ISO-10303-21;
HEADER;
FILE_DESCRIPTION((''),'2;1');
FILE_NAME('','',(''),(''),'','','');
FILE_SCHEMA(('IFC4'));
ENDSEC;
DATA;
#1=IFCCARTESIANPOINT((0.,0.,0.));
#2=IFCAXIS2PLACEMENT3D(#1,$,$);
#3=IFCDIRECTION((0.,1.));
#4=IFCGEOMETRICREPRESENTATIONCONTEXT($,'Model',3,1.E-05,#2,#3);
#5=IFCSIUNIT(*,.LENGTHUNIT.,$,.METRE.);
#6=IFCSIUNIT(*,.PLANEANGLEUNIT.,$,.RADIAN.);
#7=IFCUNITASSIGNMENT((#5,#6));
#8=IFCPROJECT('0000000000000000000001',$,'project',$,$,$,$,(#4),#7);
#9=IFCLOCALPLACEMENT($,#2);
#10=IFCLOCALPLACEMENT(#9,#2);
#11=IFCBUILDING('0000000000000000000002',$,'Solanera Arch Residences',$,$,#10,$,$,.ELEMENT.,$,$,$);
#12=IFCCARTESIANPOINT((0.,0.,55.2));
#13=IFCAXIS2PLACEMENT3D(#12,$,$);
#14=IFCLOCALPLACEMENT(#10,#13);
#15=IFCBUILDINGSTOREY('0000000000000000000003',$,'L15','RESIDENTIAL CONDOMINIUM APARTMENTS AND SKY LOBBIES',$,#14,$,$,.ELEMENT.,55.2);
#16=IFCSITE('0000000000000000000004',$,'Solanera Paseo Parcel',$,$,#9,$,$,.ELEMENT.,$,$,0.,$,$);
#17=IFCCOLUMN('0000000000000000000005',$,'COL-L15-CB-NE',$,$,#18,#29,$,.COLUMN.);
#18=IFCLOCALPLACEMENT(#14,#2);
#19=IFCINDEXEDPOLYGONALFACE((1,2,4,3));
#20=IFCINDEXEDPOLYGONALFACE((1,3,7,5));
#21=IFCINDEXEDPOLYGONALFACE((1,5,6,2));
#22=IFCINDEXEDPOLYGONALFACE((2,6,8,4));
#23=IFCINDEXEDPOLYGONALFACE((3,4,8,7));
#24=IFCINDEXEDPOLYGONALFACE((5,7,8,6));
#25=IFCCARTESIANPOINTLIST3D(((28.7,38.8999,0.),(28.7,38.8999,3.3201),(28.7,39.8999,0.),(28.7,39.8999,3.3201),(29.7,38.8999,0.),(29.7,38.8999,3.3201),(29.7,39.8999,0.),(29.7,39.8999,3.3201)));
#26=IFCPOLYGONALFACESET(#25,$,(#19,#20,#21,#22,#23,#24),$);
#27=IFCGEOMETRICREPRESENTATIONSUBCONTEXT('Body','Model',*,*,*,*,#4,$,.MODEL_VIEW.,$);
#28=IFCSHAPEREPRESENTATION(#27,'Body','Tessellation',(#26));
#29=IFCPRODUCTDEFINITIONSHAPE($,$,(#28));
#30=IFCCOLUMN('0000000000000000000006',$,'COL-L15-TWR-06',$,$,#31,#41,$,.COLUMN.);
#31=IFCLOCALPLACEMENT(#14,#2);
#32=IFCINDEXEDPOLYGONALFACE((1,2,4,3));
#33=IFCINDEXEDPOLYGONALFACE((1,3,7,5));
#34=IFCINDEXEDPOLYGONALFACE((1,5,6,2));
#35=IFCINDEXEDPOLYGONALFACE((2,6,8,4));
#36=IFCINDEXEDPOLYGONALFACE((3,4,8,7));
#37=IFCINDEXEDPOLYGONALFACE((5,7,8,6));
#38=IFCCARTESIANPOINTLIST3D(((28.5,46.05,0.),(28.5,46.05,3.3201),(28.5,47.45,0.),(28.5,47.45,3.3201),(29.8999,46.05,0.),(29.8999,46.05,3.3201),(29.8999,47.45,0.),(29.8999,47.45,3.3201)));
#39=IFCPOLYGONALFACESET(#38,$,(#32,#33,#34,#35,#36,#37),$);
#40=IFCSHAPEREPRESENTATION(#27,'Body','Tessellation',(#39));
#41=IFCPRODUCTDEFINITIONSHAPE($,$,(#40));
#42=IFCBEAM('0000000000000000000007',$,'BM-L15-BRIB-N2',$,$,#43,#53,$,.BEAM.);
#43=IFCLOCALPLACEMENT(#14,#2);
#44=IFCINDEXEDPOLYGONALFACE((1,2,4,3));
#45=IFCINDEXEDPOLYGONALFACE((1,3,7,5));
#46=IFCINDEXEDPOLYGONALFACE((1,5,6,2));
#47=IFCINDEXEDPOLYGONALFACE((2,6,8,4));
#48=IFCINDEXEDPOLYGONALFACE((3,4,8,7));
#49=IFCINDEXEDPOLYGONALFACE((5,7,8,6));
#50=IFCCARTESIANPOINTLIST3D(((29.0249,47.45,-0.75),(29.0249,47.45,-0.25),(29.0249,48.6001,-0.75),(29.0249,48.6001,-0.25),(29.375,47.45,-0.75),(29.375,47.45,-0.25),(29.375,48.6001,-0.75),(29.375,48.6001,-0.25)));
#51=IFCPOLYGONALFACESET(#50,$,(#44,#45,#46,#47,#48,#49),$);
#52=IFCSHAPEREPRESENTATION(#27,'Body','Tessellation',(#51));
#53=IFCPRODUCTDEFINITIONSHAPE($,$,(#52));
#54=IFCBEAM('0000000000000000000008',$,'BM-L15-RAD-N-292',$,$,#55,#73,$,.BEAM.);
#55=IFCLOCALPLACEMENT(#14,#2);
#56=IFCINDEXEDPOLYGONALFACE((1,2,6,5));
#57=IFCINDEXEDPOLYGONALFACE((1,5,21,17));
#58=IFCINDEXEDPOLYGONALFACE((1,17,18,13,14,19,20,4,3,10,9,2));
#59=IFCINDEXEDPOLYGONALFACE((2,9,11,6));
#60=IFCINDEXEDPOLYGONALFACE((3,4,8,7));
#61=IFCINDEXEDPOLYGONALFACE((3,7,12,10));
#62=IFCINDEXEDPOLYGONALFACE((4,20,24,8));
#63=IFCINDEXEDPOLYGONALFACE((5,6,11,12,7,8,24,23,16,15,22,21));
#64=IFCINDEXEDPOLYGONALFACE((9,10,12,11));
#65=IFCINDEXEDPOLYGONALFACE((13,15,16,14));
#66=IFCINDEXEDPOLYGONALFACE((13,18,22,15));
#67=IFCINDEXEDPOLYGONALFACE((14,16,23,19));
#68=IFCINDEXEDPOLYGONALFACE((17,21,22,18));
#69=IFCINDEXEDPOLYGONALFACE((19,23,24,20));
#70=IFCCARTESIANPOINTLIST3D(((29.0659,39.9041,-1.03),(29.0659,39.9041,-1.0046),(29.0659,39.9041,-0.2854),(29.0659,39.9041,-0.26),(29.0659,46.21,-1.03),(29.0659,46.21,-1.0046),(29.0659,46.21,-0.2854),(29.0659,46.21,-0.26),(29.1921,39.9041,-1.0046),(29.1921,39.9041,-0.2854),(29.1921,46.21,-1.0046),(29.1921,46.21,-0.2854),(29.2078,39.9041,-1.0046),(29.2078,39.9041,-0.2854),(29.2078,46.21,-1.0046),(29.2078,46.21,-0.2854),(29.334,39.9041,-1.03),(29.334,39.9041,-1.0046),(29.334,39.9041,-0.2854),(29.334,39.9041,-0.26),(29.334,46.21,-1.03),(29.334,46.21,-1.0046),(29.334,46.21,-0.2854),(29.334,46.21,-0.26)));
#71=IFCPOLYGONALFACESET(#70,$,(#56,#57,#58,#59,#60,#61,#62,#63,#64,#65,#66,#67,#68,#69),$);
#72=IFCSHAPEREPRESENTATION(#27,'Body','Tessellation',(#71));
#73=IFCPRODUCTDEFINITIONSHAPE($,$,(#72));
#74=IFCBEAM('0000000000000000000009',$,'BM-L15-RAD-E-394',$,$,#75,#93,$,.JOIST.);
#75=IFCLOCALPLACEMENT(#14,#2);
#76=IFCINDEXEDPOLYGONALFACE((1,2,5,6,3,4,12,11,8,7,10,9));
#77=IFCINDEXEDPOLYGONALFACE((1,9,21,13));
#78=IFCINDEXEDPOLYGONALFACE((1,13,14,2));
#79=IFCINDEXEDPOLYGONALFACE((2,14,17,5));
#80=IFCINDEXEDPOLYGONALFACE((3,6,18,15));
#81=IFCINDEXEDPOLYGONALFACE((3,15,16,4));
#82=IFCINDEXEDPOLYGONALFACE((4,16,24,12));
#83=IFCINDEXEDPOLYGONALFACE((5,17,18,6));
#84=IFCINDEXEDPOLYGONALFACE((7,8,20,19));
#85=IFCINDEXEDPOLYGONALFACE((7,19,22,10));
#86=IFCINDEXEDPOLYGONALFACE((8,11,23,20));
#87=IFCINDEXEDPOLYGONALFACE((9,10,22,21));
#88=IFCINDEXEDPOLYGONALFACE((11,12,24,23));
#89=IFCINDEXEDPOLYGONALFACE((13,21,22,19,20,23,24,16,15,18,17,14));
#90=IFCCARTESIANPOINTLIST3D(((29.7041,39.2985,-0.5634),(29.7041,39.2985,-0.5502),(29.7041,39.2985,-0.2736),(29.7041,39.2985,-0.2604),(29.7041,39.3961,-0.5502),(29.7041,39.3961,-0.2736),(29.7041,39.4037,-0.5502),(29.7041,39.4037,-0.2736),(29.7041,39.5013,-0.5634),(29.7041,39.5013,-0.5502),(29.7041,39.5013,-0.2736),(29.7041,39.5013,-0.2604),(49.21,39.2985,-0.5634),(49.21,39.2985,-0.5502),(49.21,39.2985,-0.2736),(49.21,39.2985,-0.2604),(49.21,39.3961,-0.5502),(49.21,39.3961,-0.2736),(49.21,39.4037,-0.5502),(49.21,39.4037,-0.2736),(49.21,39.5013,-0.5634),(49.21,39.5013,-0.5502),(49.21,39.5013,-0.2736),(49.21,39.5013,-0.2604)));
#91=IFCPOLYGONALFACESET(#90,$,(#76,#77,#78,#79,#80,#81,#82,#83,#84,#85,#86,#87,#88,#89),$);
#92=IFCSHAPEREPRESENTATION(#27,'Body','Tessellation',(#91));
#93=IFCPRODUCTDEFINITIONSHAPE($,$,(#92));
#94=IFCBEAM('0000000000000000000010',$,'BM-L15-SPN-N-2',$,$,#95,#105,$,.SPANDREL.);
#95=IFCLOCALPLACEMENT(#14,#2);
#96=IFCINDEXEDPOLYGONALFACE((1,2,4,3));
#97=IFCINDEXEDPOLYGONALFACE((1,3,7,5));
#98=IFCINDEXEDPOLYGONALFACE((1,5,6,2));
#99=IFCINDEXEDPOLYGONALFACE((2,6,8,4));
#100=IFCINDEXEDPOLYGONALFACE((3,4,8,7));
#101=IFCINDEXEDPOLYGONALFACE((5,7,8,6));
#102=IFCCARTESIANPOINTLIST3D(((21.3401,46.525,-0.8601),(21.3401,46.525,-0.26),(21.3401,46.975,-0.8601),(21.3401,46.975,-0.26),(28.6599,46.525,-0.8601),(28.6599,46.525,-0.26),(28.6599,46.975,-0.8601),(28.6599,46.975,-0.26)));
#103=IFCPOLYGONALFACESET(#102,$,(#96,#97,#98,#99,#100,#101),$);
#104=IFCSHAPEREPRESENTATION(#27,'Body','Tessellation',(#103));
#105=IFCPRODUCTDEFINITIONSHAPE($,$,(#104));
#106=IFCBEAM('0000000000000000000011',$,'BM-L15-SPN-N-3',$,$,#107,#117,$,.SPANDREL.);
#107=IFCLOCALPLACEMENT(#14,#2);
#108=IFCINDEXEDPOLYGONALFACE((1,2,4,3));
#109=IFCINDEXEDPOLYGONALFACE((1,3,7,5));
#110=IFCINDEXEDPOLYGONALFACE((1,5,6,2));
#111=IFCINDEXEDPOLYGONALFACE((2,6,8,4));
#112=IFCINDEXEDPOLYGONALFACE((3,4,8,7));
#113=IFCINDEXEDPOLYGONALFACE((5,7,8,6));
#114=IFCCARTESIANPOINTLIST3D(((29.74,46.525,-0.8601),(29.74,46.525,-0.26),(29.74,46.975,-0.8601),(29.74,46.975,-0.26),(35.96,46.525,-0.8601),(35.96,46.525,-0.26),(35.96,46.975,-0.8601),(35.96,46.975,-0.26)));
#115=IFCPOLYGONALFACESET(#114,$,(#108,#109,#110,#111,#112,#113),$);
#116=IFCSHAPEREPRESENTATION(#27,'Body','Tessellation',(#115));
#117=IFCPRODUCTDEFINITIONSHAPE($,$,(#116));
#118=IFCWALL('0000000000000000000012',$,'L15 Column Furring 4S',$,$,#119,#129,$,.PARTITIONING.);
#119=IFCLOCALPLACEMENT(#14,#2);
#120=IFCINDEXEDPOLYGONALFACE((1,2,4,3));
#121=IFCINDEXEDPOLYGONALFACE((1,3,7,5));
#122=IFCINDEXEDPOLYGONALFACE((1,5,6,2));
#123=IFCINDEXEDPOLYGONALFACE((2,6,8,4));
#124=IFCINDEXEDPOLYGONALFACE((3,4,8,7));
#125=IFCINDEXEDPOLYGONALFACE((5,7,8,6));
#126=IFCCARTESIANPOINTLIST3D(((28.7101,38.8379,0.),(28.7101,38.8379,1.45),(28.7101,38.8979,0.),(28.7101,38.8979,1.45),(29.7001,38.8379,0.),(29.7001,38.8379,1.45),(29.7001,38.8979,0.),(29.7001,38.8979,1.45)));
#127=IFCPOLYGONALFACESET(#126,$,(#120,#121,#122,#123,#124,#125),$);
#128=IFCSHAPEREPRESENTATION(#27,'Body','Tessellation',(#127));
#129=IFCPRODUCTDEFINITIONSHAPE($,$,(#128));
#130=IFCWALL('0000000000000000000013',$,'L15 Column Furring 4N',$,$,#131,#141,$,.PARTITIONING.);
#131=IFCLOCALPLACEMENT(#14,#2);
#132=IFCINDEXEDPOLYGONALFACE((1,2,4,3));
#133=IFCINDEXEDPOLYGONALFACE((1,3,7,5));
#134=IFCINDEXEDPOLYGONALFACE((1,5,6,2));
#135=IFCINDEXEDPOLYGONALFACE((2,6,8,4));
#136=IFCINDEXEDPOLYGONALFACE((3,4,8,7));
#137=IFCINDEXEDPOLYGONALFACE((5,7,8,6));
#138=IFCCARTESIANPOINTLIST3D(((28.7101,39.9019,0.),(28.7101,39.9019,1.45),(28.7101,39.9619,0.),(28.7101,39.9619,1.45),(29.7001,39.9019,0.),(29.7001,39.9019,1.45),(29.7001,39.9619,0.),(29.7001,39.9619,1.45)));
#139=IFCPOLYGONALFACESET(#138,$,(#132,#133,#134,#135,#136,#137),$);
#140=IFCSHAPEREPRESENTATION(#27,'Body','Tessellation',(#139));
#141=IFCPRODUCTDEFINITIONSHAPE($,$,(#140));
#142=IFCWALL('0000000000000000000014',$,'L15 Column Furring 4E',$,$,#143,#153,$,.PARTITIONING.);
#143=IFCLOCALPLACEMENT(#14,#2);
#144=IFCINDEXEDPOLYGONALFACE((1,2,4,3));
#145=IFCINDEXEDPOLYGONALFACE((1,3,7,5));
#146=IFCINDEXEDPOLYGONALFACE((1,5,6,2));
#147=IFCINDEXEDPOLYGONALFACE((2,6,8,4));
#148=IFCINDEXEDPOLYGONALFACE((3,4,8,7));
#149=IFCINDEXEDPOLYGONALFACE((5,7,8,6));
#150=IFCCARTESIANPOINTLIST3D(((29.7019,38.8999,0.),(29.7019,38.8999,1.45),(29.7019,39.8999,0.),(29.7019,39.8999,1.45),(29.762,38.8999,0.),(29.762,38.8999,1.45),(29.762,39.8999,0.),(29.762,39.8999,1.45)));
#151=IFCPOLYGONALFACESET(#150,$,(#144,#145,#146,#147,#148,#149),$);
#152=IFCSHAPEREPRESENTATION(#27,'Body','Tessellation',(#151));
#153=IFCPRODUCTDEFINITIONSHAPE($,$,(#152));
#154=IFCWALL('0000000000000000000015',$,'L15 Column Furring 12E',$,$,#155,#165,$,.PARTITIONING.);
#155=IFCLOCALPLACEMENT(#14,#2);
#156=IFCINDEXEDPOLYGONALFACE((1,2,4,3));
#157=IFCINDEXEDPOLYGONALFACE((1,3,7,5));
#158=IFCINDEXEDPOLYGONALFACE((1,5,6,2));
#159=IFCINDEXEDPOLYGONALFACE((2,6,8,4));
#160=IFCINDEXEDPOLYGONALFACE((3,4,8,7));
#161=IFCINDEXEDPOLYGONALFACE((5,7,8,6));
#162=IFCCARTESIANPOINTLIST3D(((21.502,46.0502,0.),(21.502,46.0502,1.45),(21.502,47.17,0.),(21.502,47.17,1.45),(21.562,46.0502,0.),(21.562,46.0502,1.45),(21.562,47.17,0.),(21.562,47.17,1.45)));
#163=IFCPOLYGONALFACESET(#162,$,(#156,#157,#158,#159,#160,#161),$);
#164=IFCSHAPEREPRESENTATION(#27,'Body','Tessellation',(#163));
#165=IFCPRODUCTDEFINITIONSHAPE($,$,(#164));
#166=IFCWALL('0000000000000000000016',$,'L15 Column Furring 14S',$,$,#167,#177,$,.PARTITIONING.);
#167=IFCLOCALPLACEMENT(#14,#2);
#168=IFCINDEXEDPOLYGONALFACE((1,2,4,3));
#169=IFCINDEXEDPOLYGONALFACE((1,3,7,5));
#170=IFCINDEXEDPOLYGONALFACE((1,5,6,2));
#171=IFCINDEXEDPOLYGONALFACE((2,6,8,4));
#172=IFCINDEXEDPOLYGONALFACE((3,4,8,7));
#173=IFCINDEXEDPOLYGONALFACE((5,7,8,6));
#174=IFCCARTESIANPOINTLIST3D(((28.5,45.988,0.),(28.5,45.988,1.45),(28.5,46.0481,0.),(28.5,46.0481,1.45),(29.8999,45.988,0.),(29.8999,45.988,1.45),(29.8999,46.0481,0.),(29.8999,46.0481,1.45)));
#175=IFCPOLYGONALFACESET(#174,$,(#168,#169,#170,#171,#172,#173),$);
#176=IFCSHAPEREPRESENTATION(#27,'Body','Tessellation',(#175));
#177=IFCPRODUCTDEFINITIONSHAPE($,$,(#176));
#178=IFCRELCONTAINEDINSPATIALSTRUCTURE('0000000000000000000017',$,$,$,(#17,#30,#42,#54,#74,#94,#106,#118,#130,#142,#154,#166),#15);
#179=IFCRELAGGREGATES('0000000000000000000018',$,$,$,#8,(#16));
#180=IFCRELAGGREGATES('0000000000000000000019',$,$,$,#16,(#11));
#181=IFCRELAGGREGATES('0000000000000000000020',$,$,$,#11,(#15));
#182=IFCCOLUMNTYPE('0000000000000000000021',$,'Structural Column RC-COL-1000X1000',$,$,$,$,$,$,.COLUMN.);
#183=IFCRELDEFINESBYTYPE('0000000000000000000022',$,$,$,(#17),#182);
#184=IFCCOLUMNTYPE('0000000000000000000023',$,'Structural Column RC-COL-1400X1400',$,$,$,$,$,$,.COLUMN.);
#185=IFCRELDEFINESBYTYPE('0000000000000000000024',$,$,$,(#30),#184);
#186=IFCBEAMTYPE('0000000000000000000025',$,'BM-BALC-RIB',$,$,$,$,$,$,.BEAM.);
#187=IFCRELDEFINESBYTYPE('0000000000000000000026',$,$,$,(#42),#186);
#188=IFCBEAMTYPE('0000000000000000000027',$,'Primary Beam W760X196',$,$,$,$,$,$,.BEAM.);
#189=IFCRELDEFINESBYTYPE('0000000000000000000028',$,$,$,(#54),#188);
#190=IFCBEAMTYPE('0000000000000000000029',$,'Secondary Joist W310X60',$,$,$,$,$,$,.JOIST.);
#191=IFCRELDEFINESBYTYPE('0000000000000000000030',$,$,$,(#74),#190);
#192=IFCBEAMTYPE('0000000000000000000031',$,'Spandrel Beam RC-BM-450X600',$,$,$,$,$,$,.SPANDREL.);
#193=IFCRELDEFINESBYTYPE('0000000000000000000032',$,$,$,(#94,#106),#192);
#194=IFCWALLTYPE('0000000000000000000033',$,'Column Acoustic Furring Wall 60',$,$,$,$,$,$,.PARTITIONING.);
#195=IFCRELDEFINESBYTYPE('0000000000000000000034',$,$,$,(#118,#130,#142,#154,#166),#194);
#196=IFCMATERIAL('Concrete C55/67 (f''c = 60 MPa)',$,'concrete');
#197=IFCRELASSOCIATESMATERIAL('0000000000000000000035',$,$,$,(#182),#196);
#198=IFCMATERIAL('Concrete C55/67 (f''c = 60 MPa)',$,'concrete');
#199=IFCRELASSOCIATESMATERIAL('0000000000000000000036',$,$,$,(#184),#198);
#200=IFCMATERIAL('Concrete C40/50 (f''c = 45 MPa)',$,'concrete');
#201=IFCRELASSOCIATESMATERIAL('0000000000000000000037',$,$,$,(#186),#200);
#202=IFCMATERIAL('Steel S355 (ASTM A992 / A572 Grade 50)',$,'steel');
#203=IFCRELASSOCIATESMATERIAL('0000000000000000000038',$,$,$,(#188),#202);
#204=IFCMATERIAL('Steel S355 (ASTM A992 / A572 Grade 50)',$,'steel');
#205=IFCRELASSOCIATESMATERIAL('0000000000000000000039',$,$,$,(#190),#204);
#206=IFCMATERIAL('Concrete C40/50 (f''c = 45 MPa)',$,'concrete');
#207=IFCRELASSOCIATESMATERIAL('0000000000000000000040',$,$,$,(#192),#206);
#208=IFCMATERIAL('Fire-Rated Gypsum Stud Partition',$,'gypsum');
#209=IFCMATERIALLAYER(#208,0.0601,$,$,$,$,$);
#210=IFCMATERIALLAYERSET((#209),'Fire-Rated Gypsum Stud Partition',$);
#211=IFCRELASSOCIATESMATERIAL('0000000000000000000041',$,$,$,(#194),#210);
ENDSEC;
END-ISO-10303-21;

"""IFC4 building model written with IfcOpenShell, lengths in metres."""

from ifc_helpers import new_model, si_unit, direction, frame, frame_2d, origin, origin_2d, place, context, subcontext, project, spatial, rectangle, i_section, extrude, material, layer, layer_set, material_profile, profile_set, type_object, element, save


model = new_model("IFC4")

# Units and contexts
model_context = context("Model", 3, precision=1e-05, world=origin(), true_north=direction((0.0, 1.0)))
body_context = subcontext(model_context, "Body", "Model", "MODEL_VIEW")
ifc_project = project(units=[si_unit("LENGTHUNIT", "METRE"), si_unit("PLANEANGLEUNIT", "RADIAN")], contexts=[model_context])

# Site, building, storey
site_placement = place(None, origin())
site = spatial("IfcSite", under=ifc_project, at=site_placement, Name="Solanera Paseo Parcel", CompositionType="ELEMENT", RefElevation=0.0)
building_placement = place(site_placement, origin())
building = spatial("IfcBuilding", under=site, at=building_placement, Name="Solanera Arch Residences", CompositionType="ELEMENT")
storey_placement = place(building_placement, frame((0.0, 0.0, 55.2)))
storey = spatial("IfcBuildingStorey", under=building, at=storey_placement, Name="L15", Description="RESIDENTIAL CONDOMINIUM APARTMENTS AND SKY LOBBIES", CompositionType="ELEMENT", Elevation=55.2)

# Columns
ifc_material_1 = material(Name="Concrete C55/67 (f'c = 60 MPa)", Category="concrete")
ifc_material_profile_1 = material_profile(ifc_material_1, rectangle(XDim=1.0, YDim=1.0, at=origin_2d()))
ifc_profile_set_1 = profile_set([ifc_material_profile_1], Name="Concrete C55/67 (f'c = 60 MPa)")
column_type_1 = type_object("IfcColumnType", Name="Structural Column RC-COL-1000X1000", PredefinedType="COLUMN", material=ifc_profile_set_1)
column_1_placement = place(storey_placement, frame((29.2, 39.3999, 0.0), z_axis=(0.0, 0.0, 1.0), x_axis=(1.0, 0.0, 0.0)))
element("IfcColumn", 1, at=column_1_placement, inside=storey, type_object=column_type_1, Name="COL-L15-CB-NE", PredefinedType="COLUMN", context=body_context, shape_type="SweptSolid", body=[
    extrude(rectangle(XDim=1.0, YDim=1.0, at=origin_2d()), origin(), (0.0, 0.0, 1.0), 3.3201),
])
ifc_material_2 = material(Name="Concrete C55/67 (f'c = 60 MPa)", Category="concrete")
ifc_material_profile_2 = material_profile(ifc_material_2, rectangle(XDim=1.3999, YDim=1.3999, at=origin_2d()))
ifc_profile_set_2 = profile_set([ifc_material_profile_2], Name="Concrete C55/67 (f'c = 60 MPa)")
column_type_2 = type_object("IfcColumnType", Name="Structural Column RC-COL-1400X1400", PredefinedType="COLUMN", material=ifc_profile_set_2)
column_2_placement = place(storey_placement, frame((29.2, 46.75, 0.0), z_axis=(0.0, 0.0, 1.0), x_axis=(1.0, 0.0, 0.0)))
element("IfcColumn", 2, at=column_2_placement, inside=storey, type_object=column_type_2, Name="COL-L15-TWR-06", PredefinedType="COLUMN", context=body_context, shape_type="SweptSolid", body=[
    extrude(rectangle(XDim=1.3999, YDim=1.3999, at=origin_2d()), origin(), (0.0, 0.0, 1.0), 3.3201),
])

# Beams
ifc_material_3 = material(Name="Concrete C40/50 (f'c = 45 MPa)", Category="concrete")
ifc_material_profile_3 = material_profile(ifc_material_3, rectangle(XDim=0.3501, YDim=0.5, at=origin_2d()))
ifc_profile_set_3 = profile_set([ifc_material_profile_3], Name="Concrete C40/50 (f'c = 45 MPa)")
beam_type_1 = type_object("IfcBeamType", Name="BM-BALC-RIB", PredefinedType="BEAM", material=ifc_profile_set_3)
beam_1_placement = place(storey_placement, frame((29.2, 47.45, -0.5), z_axis=(0.0, 1.0, 0.0), x_axis=(-1.0, 0.0, 0.0)))
element("IfcBeam", 3, at=beam_1_placement, inside=storey, type_object=beam_type_1, Name="BM-L15-BRIB-N2", PredefinedType="BEAM", context=body_context, shape_type="SweptSolid", body=[
    extrude(rectangle(XDim=0.3501, YDim=0.5, at=origin_2d()), origin(), (0.0, 0.0, 1.0), 1.1501),
])
ifc_material_4 = material(Name="Steel S355 (ASTM A992 / A572 Grade 50)", Category="steel")
ifc_material_profile_4 = material_profile(ifc_material_4, i_section(OverallWidth=0.2681, OverallDepth=0.77, WebThickness=0.0156, FlangeThickness=0.0254, at=origin_2d()))
ifc_profile_set_4 = profile_set([ifc_material_profile_4], Name="Steel S355 (ASTM A992 / A572 Grade 50)")
beam_type_2 = type_object("IfcBeamType", Name="Primary Beam W760X196", PredefinedType="BEAM", material=ifc_profile_set_4)
beam_2_placement = place(storey_placement, frame((29.2, 39.9041, -0.645), z_axis=(0.0, 1.0, 0.0), x_axis=(-1.0, 0.0, 0.0)))
element("IfcBeam", 4, at=beam_2_placement, inside=storey, type_object=beam_type_2, Name="BM-L15-RAD-N-292", PredefinedType="BEAM", context=body_context, shape_type="SweptSolid", body=[
    extrude(i_section(OverallWidth=0.2681, OverallDepth=0.77, WebThickness=0.0156, FlangeThickness=0.0254, at=origin_2d()), origin(), (0.0, 0.0, 1.0), 6.3059),
])
ifc_material_5 = material(Name="Steel S355 (ASTM A992 / A572 Grade 50)", Category="steel")
ifc_material_profile_5 = material_profile(ifc_material_5, i_section(OverallWidth=0.2029, OverallDepth=0.303, WebThickness=0.0076, FlangeThickness=0.0132, at=origin_2d()))
ifc_profile_set_5 = profile_set([ifc_material_profile_5], Name="Steel S355 (ASTM A992 / A572 Grade 50)")
beam_type_3 = type_object("IfcBeamType", Name="Secondary Joist W310X60", PredefinedType="JOIST", material=ifc_profile_set_5)
beam_3_placement = place(storey_placement, frame((29.7041, 39.3999, -0.4119), z_axis=(1.0, 0.0, 0.0), x_axis=(0.0, 1.0, 0.0)))
element("IfcBeam", 5, at=beam_3_placement, inside=storey, type_object=beam_type_3, Name="BM-L15-RAD-E-394", PredefinedType="JOIST", context=body_context, shape_type="SweptSolid", body=[
    extrude(i_section(OverallWidth=0.2029, OverallDepth=0.303, WebThickness=0.0076, FlangeThickness=0.0132, at=origin_2d()), origin(), (0.0, 0.0, 1.0), 19.5059),
])
ifc_material_6 = material(Name="Concrete C40/50 (f'c = 45 MPa)", Category="concrete")
ifc_material_profile_6 = material_profile(ifc_material_6, rectangle(XDim=0.45, YDim=0.6001, at=origin_2d()))
ifc_profile_set_6 = profile_set([ifc_material_profile_6], Name="Concrete C40/50 (f'c = 45 MPa)")
beam_type_4 = type_object("IfcBeamType", Name="Spandrel Beam RC-BM-450X600", PredefinedType="SPANDREL", material=ifc_profile_set_6)
beam_4_placement = place(storey_placement, frame((21.3401, 46.75, -0.5601), z_axis=(1.0, 0.0, 0.0), x_axis=(0.0, 1.0, 0.0)))
element("IfcBeam", 6, at=beam_4_placement, inside=storey, type_object=beam_type_4, Name="BM-L15-SPN-N-2", PredefinedType="SPANDREL", context=body_context, shape_type="SweptSolid", body=[
    extrude(rectangle(XDim=0.45, YDim=0.6001, at=origin_2d()), origin(), (0.0, 0.0, 1.0), 7.3198),
])
beam_5_placement = place(storey_placement, frame((29.74, 46.75, -0.5601), z_axis=(1.0, 0.0, 0.0), x_axis=(0.0, 1.0, 0.0)))
element("IfcBeam", 7, at=beam_5_placement, inside=storey, type_object=beam_type_4, Name="BM-L15-SPN-N-3", PredefinedType="SPANDREL", context=body_context, shape_type="SweptSolid", body=[
    extrude(rectangle(XDim=0.45, YDim=0.6001, at=origin_2d()), origin(), (0.0, 0.0, 1.0), 6.22),
])

# Walls
ifc_material_7 = material(Name="Fire-Rated Gypsum Stud Partition", Category="gypsum")
ifc_layer_1 = layer(ifc_material_7, 0.0601)
ifc_layer_set_1 = layer_set([ifc_layer_1], Name="Fire-Rated Gypsum Stud Partition")
wall_type_1 = type_object("IfcWallType", Name="Column Acoustic Furring Wall 60", PredefinedType="PARTITIONING", material=ifc_layer_set_1)
for number, where, z_axis, x_axis, name in (
    (8, (28.71, 38.8679, 0.0), (0.0, 0.0, 1.0), (1.0, 0.0, 0.0), "L15 Column Furring 4S"),
    (9, (28.71, 39.9319, 0.0), (0.0, 0.0, 1.0), (1.0, 0.0, 0.0), "L15 Column Furring 4N"),
):
    element("IfcWall", number, at=place(storey_placement, frame(where, z_axis=z_axis, x_axis=x_axis)), inside=storey, type_object=wall_type_1, Name=name, PredefinedType="PARTITIONING", context=body_context, shape_type="SweptSolid", body=[
        extrude(rectangle(XDim=0.99, YDim=0.0601, at=frame_2d((0.4951, 0.0))), origin(), (0.0, 0.0, 1.0), 1.45),
    ])
wall_1_placement = place(storey_placement, frame((29.7319, 38.8999, 0.0), z_axis=(0.0, 0.0, 1.0), x_axis=(0.0, 1.0, 0.0)))
element("IfcWall", 10, at=wall_1_placement, inside=storey, type_object=wall_type_1, Name="L15 Column Furring 4E", PredefinedType="PARTITIONING", context=body_context, shape_type="SweptSolid", body=[
    extrude(rectangle(XDim=1.0, YDim=0.0601, at=frame_2d((0.5, 0.0))), origin(), (0.0, 0.0, 1.0), 1.45),
])
wall_2_placement = place(storey_placement, frame((21.532, 46.05, 0.0), z_axis=(0.0, 0.0, 1.0), x_axis=(0.0, 1.0, 0.0)))
element("IfcWall", 11, at=wall_2_placement, inside=storey, type_object=wall_type_1, Name="L15 Column Furring 12E", PredefinedType="PARTITIONING", context=body_context, shape_type="SweptSolid", body=[
    extrude(rectangle(XDim=1.1199, YDim=0.0601, at=frame_2d((0.5601, 0.0))), origin(), (0.0, 0.0, 1.0), 1.45),
])
wall_3_placement = place(storey_placement, frame((28.5, 46.0181, 0.0), z_axis=(0.0, 0.0, 1.0), x_axis=(1.0, 0.0, 0.0)))
element("IfcWall", 12, at=wall_3_placement, inside=storey, type_object=wall_type_1, Name="L15 Column Furring 14S", PredefinedType="PARTITIONING", context=body_context, shape_type="SweptSolid", body=[
    extrude(rectangle(XDim=1.3999, YDim=0.0601, at=frame_2d((0.7, 0.0))), origin(), (0.0, 0.0, 1.0), 1.45),
])

save(model, "model.ifc")
